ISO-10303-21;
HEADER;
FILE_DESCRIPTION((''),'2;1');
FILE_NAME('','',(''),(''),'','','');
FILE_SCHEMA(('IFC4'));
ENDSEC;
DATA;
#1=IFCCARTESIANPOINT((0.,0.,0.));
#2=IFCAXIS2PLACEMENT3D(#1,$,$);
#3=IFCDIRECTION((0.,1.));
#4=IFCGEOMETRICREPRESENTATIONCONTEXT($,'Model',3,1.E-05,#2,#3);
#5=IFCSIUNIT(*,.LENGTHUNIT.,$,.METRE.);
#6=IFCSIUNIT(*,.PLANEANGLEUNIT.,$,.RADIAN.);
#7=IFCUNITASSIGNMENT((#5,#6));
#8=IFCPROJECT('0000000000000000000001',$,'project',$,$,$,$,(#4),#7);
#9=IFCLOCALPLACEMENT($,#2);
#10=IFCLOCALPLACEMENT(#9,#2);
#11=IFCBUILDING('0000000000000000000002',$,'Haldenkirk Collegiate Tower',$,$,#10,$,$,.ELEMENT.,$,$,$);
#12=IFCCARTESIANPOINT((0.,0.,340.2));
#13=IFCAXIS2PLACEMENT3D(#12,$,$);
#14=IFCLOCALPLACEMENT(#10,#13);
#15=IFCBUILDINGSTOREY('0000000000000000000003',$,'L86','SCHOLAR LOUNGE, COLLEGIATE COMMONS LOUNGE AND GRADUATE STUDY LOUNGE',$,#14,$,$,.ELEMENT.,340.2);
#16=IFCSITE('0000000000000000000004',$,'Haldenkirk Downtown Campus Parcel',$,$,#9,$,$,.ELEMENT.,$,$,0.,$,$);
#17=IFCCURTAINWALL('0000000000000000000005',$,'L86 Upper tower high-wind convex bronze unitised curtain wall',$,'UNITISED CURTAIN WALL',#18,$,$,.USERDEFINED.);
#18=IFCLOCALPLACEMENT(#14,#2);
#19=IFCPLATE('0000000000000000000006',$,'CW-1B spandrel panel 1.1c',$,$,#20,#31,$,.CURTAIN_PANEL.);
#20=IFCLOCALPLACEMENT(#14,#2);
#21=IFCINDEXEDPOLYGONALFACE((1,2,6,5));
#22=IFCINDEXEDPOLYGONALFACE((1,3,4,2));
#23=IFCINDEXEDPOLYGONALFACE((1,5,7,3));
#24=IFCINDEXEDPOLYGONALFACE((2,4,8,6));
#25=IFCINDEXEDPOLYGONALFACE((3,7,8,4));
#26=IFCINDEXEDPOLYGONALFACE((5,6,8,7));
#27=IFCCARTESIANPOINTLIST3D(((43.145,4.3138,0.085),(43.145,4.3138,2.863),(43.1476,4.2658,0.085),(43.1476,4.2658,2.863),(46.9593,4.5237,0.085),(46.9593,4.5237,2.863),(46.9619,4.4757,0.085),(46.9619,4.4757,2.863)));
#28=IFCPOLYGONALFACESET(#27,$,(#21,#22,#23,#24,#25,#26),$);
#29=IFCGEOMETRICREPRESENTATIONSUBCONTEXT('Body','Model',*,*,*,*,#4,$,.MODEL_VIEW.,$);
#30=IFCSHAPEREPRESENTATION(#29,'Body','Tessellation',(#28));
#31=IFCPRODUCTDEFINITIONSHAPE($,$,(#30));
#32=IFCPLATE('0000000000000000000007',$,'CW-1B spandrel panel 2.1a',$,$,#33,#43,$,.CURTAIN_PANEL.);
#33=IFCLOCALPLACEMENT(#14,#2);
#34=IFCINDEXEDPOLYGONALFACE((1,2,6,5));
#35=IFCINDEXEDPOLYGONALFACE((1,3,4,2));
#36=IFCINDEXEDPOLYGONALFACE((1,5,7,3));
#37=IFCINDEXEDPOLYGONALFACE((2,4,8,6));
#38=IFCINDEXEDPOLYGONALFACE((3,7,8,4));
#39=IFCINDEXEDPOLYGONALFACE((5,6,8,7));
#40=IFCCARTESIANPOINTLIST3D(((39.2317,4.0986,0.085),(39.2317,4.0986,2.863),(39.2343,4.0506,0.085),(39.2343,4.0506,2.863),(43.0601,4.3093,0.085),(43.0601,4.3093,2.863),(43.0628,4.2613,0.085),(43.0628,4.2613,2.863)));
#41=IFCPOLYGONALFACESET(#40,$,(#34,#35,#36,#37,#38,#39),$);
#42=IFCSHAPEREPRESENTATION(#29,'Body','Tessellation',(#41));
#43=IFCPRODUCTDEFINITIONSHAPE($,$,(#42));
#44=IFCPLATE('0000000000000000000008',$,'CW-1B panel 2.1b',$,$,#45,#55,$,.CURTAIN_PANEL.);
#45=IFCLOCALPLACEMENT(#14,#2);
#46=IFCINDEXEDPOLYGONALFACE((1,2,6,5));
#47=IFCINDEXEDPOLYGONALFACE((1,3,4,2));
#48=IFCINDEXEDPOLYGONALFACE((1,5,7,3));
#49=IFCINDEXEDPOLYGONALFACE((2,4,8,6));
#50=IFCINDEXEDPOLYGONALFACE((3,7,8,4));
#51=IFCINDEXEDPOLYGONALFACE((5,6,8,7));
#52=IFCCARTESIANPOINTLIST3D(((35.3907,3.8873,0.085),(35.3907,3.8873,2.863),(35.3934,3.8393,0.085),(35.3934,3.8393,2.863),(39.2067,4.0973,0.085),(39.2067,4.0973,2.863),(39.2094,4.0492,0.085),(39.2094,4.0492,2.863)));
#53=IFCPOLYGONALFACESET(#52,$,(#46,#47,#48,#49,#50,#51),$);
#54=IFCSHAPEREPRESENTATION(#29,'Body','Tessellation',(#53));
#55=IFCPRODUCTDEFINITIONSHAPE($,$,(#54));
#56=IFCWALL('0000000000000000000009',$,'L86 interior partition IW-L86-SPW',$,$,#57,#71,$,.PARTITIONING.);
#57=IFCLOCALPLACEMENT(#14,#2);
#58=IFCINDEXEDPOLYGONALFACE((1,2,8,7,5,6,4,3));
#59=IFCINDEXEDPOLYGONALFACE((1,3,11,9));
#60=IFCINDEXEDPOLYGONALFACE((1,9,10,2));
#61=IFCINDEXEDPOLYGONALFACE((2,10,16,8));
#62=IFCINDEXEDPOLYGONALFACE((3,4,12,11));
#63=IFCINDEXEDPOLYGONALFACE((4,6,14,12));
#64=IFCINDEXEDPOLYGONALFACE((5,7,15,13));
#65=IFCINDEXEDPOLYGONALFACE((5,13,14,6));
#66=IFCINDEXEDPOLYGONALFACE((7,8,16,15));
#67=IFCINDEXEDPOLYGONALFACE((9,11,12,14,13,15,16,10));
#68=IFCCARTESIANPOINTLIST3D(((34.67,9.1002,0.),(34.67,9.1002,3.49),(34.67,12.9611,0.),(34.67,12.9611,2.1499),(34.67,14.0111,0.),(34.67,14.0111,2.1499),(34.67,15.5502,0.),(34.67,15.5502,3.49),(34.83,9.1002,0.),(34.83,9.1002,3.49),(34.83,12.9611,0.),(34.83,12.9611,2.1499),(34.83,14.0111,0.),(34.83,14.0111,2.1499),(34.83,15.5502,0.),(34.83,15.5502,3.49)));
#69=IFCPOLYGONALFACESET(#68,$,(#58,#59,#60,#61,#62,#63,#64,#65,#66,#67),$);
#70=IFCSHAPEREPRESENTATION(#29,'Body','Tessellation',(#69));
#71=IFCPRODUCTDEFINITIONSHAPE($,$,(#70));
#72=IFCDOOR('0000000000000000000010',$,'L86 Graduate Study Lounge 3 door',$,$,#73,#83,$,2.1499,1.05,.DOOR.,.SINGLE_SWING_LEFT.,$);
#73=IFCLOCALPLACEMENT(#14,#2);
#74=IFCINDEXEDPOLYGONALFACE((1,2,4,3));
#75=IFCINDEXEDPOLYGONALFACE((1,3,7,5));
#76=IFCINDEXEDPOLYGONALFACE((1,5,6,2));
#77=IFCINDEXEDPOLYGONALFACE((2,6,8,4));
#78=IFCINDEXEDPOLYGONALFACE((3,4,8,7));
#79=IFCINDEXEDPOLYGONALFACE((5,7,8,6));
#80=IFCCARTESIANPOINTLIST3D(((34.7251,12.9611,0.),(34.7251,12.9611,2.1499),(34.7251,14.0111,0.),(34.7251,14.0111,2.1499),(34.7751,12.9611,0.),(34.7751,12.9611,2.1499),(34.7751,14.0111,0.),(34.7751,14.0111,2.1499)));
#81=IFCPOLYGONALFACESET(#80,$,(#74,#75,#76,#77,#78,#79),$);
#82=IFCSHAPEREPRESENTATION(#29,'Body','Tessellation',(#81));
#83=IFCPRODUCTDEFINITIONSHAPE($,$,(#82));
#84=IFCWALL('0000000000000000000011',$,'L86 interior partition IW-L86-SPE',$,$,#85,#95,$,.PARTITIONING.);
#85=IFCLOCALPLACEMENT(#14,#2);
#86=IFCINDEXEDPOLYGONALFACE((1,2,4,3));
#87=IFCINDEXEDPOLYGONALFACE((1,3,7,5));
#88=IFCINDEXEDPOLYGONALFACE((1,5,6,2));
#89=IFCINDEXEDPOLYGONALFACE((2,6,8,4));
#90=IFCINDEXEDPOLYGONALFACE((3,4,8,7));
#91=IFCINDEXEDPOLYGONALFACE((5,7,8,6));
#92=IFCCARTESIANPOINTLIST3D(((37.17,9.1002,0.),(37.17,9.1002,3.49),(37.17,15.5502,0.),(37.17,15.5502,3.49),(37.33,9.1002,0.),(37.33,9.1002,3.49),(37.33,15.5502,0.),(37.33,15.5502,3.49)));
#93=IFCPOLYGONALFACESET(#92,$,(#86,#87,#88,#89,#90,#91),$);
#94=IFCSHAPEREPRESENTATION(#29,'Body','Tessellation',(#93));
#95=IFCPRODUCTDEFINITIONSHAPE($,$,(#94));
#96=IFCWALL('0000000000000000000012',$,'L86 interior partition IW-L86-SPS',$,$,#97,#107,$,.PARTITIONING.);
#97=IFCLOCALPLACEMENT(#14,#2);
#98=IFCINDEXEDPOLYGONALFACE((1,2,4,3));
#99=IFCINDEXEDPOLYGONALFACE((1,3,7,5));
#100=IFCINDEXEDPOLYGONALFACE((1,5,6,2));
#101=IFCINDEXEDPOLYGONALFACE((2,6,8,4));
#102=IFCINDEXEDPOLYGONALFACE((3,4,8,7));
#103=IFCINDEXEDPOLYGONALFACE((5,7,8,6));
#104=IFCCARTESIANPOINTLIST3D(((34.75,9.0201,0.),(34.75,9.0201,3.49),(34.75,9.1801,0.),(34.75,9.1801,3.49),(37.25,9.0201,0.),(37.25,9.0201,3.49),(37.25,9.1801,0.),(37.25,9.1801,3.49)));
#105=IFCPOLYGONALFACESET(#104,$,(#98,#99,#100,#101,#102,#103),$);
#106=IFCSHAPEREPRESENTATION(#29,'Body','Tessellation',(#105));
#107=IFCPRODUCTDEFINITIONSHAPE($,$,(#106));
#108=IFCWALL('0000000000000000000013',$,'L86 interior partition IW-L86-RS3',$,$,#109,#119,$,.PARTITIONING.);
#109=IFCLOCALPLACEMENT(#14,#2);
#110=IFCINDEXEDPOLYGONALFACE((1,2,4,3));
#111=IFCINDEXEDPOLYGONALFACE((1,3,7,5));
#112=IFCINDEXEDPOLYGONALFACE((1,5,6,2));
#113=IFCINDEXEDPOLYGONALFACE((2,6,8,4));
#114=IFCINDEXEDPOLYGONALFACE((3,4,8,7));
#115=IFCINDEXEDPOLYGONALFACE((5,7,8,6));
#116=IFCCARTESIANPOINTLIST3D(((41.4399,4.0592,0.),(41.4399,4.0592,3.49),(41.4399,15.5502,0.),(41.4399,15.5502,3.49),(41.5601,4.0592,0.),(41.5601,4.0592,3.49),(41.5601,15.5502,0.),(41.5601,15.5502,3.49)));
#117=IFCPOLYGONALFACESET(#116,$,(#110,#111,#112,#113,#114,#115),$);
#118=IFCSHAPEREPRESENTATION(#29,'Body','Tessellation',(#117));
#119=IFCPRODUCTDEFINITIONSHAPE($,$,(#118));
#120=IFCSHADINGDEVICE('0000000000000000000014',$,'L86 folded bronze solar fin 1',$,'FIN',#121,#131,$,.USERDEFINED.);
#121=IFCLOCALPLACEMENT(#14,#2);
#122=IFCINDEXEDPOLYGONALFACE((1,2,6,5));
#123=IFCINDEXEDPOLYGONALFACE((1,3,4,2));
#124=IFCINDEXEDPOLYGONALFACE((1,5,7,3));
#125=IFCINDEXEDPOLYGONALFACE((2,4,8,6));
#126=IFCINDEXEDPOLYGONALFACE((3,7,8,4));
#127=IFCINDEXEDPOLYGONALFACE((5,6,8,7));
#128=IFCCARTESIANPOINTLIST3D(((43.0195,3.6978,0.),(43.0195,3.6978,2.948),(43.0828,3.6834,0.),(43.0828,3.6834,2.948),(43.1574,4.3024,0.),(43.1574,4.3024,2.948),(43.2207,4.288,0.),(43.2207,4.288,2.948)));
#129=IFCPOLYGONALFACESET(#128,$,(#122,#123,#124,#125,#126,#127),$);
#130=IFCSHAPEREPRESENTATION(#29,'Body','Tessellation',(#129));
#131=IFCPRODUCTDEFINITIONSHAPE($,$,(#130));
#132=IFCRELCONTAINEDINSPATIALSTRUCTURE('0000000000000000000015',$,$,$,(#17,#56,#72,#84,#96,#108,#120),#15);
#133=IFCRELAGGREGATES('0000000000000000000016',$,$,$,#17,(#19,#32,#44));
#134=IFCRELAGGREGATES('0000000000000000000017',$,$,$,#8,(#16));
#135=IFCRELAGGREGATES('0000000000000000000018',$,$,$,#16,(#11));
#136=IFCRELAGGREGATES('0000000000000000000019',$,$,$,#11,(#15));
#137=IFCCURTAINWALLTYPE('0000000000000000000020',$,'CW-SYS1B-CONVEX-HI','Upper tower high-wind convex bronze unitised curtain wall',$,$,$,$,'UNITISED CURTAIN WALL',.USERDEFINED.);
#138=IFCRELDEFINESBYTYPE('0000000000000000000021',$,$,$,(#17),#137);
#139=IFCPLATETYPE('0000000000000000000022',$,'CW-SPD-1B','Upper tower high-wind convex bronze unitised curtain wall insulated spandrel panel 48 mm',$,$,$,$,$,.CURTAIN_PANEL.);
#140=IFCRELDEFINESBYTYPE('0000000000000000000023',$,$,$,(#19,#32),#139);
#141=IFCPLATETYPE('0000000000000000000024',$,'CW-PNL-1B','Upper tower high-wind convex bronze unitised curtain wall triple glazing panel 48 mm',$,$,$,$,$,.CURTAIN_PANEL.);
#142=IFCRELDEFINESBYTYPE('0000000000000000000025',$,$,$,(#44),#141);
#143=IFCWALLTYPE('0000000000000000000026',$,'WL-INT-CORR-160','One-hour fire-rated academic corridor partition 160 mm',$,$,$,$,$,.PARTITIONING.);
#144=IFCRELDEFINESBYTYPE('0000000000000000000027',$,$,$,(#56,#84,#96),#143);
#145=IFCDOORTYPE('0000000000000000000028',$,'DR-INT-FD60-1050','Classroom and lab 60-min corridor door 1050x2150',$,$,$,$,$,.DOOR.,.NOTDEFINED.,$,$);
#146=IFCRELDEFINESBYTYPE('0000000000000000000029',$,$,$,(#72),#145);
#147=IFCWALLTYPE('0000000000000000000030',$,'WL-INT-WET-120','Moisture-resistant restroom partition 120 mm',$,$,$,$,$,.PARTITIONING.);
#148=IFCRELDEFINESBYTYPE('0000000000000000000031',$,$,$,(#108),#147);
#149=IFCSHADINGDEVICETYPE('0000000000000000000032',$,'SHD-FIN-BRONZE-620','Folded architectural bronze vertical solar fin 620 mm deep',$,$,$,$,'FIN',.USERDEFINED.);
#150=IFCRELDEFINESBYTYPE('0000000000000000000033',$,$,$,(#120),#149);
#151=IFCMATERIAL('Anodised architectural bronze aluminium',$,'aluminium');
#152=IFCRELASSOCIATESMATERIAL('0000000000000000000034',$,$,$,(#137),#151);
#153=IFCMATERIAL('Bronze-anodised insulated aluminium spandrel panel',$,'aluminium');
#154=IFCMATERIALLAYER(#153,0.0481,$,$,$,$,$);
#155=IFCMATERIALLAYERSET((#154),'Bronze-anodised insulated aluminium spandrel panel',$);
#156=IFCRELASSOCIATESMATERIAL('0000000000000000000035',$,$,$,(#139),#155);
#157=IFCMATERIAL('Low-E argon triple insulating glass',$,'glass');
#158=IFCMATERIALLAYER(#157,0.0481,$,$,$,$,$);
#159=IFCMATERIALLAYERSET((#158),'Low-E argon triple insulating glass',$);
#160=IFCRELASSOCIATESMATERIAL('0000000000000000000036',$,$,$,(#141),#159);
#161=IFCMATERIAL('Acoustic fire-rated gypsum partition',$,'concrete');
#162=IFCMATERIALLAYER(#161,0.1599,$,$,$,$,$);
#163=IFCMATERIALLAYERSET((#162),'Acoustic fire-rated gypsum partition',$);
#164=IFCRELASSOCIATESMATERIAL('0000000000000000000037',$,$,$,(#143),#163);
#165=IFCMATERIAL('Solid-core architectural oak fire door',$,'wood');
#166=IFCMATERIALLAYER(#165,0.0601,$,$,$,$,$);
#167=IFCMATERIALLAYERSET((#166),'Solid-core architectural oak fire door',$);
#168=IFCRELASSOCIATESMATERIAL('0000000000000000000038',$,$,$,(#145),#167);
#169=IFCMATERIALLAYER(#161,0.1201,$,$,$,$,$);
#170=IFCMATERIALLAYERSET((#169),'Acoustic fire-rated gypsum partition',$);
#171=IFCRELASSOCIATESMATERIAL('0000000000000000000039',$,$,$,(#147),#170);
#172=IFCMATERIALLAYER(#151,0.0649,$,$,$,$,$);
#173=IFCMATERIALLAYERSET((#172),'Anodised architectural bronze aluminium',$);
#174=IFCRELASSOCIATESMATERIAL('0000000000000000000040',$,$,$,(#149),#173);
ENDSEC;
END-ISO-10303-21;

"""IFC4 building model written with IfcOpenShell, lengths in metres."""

from ifc_helpers import new_model, si_unit, direction, frame, frame_2d, origin, origin_2d, place, context, subcontext, project, spatial, rectangle, extrude, source, transform, mapped, material, layer, layer_set, type_object, element, fill, aggregate, save


model = new_model("IFC4")

# Units and contexts
model_context = context("Model", 3, precision=1e-05, world=origin(), true_north=direction((0.0, 1.0)))
body_context = subcontext(model_context, "Body", "Model", "MODEL_VIEW")
ifc_project = project(units=[si_unit("LENGTHUNIT", "METRE"), si_unit("PLANEANGLEUNIT", "RADIAN")], contexts=[model_context])

# Site, building, storey
site_placement = place(None, origin())
site = spatial("IfcSite", under=ifc_project, at=site_placement, Name="Haldenkirk Downtown Campus Parcel", CompositionType="ELEMENT", RefElevation=0.0)
building_placement = place(site_placement, origin())
building = spatial("IfcBuilding", under=site, at=building_placement, Name="Haldenkirk Collegiate Tower", CompositionType="ELEMENT")
storey_placement = place(building_placement, frame((0.0, 0.0, 340.2)))
storey = spatial("IfcBuildingStorey", under=building, at=storey_placement, Name="L86", Description="SCHOLAR LOUNGE, COLLEGIATE COMMONS LOUNGE AND GRADUATE STUDY LOUNGE", CompositionType="ELEMENT", Elevation=340.2)

# Curtain wall
ifc_material_1 = material(Name="Anodised architectural bronze aluminium", Category="aluminium")
curtain_wall_type = type_object("IfcCurtainWallType", Name="CW-SYS1B-CONVEX-HI", Description="Upper tower high-wind convex bronze unitised curtain wall", ElementType="UNITISED CURTAIN WALL", PredefinedType="USERDEFINED", material=ifc_material_1)
curtain_wall_placement = place(storey_placement, origin())
curtain_wall = element("IfcCurtainWall", 1, at=curtain_wall_placement, inside=storey, type_object=curtain_wall_type, Name="L86 Upper tower high-wind convex bronze unitised curtain wall", ObjectType="UNITISED CURTAIN WALL", PredefinedType="USERDEFINED")

# Plates
ifc_material_2 = material(Name="Bronze-anodised insulated aluminium spandrel panel", Category="aluminium")
ifc_layer_1 = layer(ifc_material_2, 0.0481)
ifc_layer_set_1 = layer_set([ifc_layer_1], Name="Bronze-anodised insulated aluminium spandrel panel")
plate_type_1 = type_object("IfcPlateType", Name="CW-SPD-1B", Description="Upper tower high-wind convex bronze unitised curtain wall insulated spandrel panel 48 mm", PredefinedType="CURTAIN_PANEL", material=ifc_layer_set_1)
shared_shape_1 = source(origin(), body_context, "Body", "SweptSolid", [
    extrude(rectangle(XDim=3.8201, YDim=0.0481, at=origin_2d()), origin(), (0.0, 0.0, 1.0), 2.7781),
])
plate_1_placement = place(storey_placement, frame((45.0535, 4.3948, 0.085), z_axis=(0.0, 0.0, 1.0), x_axis=(-0.998489, -0.054948, 0.0)))
plate_1 = element("IfcPlate", 2, at=plate_1_placement, type_object=plate_type_1, Name="CW-1B spandrel panel 1.1c", PredefinedType="CURTAIN_PANEL", context=body_context, shape_type="MappedRepresentation", body=[
    mapped(shared_shape_1, transform((0.0, 0.0, 0.0), x_axis=(1.0, 0.0, 0.0), y_axis=(0.0, 1.0, 0.0), z_axis=(0.0, 0.0, 1.0), scale=1.0)),
])
shared_shape_2 = source(origin(), body_context, "Body", "SweptSolid", [
    extrude(rectangle(XDim=3.8342, YDim=0.0481, at=origin_2d()), origin(), (0.0, 0.0, 1.0), 2.7781),
])
plate_2_placement = place(storey_placement, frame((41.1472, 4.1799, 0.085), z_axis=(0.0, 0.0, 1.0), x_axis=(-0.998489, -0.054948, 0.0)))
plate_2 = element("IfcPlate", 3, at=plate_2_placement, type_object=plate_type_1, Name="CW-1B spandrel panel 2.1a", PredefinedType="CURTAIN_PANEL", context=body_context, shape_type="MappedRepresentation", body=[
    mapped(shared_shape_2, transform((0.0, 0.0, 0.0), x_axis=(1.0, 0.0, 0.0), y_axis=(0.0, 1.0, 0.0), z_axis=(0.0, 0.0, 1.0), scale=1.0)),
])
ifc_material_3 = material(Name="Low-E argon triple insulating glass", Category="glass")
ifc_layer_2 = layer(ifc_material_3, 0.0481)
ifc_layer_set_2 = layer_set([ifc_layer_2], Name="Low-E argon triple insulating glass")
plate_type_2 = type_object("IfcPlateType", Name="CW-PNL-1B", Description="Upper tower high-wind convex bronze unitised curtain wall triple glazing panel 48 mm", PredefinedType="CURTAIN_PANEL", material=ifc_layer_set_2)
shared_shape_3 = source(origin(), body_context, "Body", "SweptSolid", [
    extrude(rectangle(XDim=3.8218, YDim=0.0481, at=origin_2d()), origin(), (0.0, 0.0, 1.0), 2.7781),
])
plate_3_placement = place(storey_placement, frame((37.3, 3.9683, 0.085), z_axis=(0.0, 0.0, 1.0), x_axis=(-0.998489, -0.054948, 0.0)))
plate_3 = element("IfcPlate", 4, at=plate_3_placement, type_object=plate_type_2, Name="CW-1B panel 2.1b", PredefinedType="CURTAIN_PANEL", context=body_context, shape_type="MappedRepresentation", body=[
    mapped(shared_shape_3, transform((0.0, 0.0, 0.0), x_axis=(1.0, 0.0, 0.0), y_axis=(0.0, 1.0, 0.0), z_axis=(0.0, 0.0, 1.0), scale=1.0)),
])
aggregate(curtain_wall, [plate_1, plate_2, plate_3])

# Wall, opening, door
ifc_material_4 = material(Name="Acoustic fire-rated gypsum partition", Category="concrete")
ifc_layer_3 = layer(ifc_material_4, 0.1599)
ifc_layer_set_3 = layer_set([ifc_layer_3], Name="Acoustic fire-rated gypsum partition")
wall_type_1 = type_object("IfcWallType", Name="WL-INT-CORR-160", Description="One-hour fire-rated academic corridor partition 160 mm", PredefinedType="PARTITIONING", material=ifc_layer_set_3)
wall_1_placement = place(storey_placement, frame((34.75, 9.1001, 0.0), z_axis=(0.0, 0.0, 1.0), x_axis=(0.0, 1.0, 0.0)))
wall_1 = element("IfcWall", 5, at=wall_1_placement, inside=storey, type_object=wall_type_1, Name="L86 interior partition IW-L86-SPW", PredefinedType="PARTITIONING", context=body_context, shape_type="SweptSolid", body=[
    extrude(rectangle(XDim=6.45, YDim=0.1599, at=frame_2d((3.2251, 0.0))), origin(), (0.0, 0.0, 1.0), 3.49),
])
opening_placement = place(wall_1_placement, frame((3.8611, 0.0, 0.0)))
opening = element("IfcOpeningElement", 6, at=opening_placement, cuts=wall_1, PredefinedType="OPENING", context=body_context, shape_type="SweptSolid", body=[
    extrude(rectangle(XDim=1.05, YDim=2.1499, at=frame_2d((0.5249, 1.075))), frame((0.0, 0.0898, 0.0), z_axis=(0.0, -1.0, 0.0), x_axis=(1.0, 0.0, 0.0)), (0.0, 0.0, 1.0), 0.1799),
])
ifc_material_5 = material(Name="Solid-core architectural oak fire door", Category="wood")
ifc_layer_4 = layer(ifc_material_5, 0.0601)
ifc_layer_set_4 = layer_set([ifc_layer_4], Name="Solid-core architectural oak fire door")
door_type = type_object("IfcDoorType", Name="DR-INT-FD60-1050", Description="Classroom and lab 60-min corridor door 1050x2150", OperationType="NOTDEFINED", PredefinedType="DOOR", material=ifc_layer_set_4)
door_placement = place(opening_placement, origin())
door = element("IfcDoor", 7, at=door_placement, inside=storey, type_object=door_type, Name="L86 Graduate Study Lounge 3 door", OperationType="SINGLE_SWING_LEFT", OverallHeight=2.1499, OverallWidth=1.05, PredefinedType="DOOR", context=body_context, shape_type="SweptSolid", body=[
    extrude(rectangle(XDim=1.05, YDim=2.1499, at=frame_2d((0.5249, 1.075))), frame((0.0, 0.0249, 0.0), z_axis=(0.0, -1.0, 0.0), x_axis=(1.0, 0.0, 0.0)), (0.0, 0.0, 1.0), 0.05),
])
fill(opening, door)

# Walls
wall_2_placement = place(storey_placement, frame((37.25, 9.1001, 0.0), z_axis=(0.0, 0.0, 1.0), x_axis=(0.0, 1.0, 0.0)))
element("IfcWall", 8, at=wall_2_placement, inside=storey, type_object=wall_type_1, Name="L86 interior partition IW-L86-SPE", PredefinedType="PARTITIONING", context=body_context, shape_type="SweptSolid", body=[
    extrude(rectangle(XDim=6.45, YDim=0.1599, at=frame_2d((3.2251, 0.0))), origin(), (0.0, 0.0, 1.0), 3.49),
])
wall_3_placement = place(storey_placement, frame((34.75, 9.1001, 0.0), z_axis=(0.0, 0.0, 1.0), x_axis=(1.0, 0.0, 0.0)))
element("IfcWall", 9, at=wall_3_placement, inside=storey, type_object=wall_type_1, Name="L86 interior partition IW-L86-SPS", PredefinedType="PARTITIONING", context=body_context, shape_type="SweptSolid", body=[
    extrude(rectangle(XDim=2.5, YDim=0.1599, at=frame_2d((1.25, 0.0))), origin(), (0.0, 0.0, 1.0), 3.49),
])
ifc_layer_5 = layer(ifc_material_4, 0.1201)
ifc_layer_set_5 = layer_set([ifc_layer_5], Name="Acoustic fire-rated gypsum partition")
wall_type_2 = type_object("IfcWallType", Name="WL-INT-WET-120", Description="Moisture-resistant restroom partition 120 mm", PredefinedType="PARTITIONING", material=ifc_layer_set_5)
wall_4_placement = place(storey_placement, frame((41.5, 4.0591, 0.0), z_axis=(0.0, 0.0, 1.0), x_axis=(0.0, 1.0, 0.0)))
element("IfcWall", 10, at=wall_4_placement, inside=storey, type_object=wall_type_2, Name="L86 interior partition IW-L86-RS3", PredefinedType="PARTITIONING", context=body_context, shape_type="SweptSolid", body=[
    extrude(rectangle(XDim=11.491, YDim=0.1201, at=frame_2d((5.7456, 0.0))), origin(), (0.0, 0.0, 1.0), 3.49),
])

# Shading device
ifc_layer_6 = layer(ifc_material_1, 0.0649)
ifc_layer_set_6 = layer_set([ifc_layer_6], Name="Anodised architectural bronze aluminium")
shading_device_type = type_object("IfcShadingDeviceType", Name="SHD-FIN-BRONZE-620", Description="Folded architectural bronze vertical solar fin 620 mm deep", ElementType="FIN", PredefinedType="USERDEFINED", material=ifc_layer_set_6)
shared_shape_4 = source(origin(), body_context, "Body", "SweptSolid", [
    extrude(rectangle(XDim=0.6201, YDim=0.0649, at=origin_2d()), origin(), (0.0, 0.0, 1.0), 2.948),
])
shading_device_placement = place(storey_placement, frame((43.1201, 3.9929, 0.0), z_axis=(0.0, 0.0, 1.0), x_axis=(-0.222399, -0.974956, 0.0)))
element("IfcShadingDevice", 11, at=shading_device_placement, inside=storey, type_object=shading_device_type, Name="L86 folded bronze solar fin 1", ObjectType="FIN", PredefinedType="USERDEFINED", context=body_context, shape_type="MappedRepresentation", body=[
    mapped(shared_shape_4, transform((0.0, 0.0, 0.0), x_axis=(1.0, 0.0, 0.0), y_axis=(0.0, 1.0, 0.0), z_axis=(0.0, 0.0, 1.0), scale=1.0)),
])

save(model, "model.ifc")
